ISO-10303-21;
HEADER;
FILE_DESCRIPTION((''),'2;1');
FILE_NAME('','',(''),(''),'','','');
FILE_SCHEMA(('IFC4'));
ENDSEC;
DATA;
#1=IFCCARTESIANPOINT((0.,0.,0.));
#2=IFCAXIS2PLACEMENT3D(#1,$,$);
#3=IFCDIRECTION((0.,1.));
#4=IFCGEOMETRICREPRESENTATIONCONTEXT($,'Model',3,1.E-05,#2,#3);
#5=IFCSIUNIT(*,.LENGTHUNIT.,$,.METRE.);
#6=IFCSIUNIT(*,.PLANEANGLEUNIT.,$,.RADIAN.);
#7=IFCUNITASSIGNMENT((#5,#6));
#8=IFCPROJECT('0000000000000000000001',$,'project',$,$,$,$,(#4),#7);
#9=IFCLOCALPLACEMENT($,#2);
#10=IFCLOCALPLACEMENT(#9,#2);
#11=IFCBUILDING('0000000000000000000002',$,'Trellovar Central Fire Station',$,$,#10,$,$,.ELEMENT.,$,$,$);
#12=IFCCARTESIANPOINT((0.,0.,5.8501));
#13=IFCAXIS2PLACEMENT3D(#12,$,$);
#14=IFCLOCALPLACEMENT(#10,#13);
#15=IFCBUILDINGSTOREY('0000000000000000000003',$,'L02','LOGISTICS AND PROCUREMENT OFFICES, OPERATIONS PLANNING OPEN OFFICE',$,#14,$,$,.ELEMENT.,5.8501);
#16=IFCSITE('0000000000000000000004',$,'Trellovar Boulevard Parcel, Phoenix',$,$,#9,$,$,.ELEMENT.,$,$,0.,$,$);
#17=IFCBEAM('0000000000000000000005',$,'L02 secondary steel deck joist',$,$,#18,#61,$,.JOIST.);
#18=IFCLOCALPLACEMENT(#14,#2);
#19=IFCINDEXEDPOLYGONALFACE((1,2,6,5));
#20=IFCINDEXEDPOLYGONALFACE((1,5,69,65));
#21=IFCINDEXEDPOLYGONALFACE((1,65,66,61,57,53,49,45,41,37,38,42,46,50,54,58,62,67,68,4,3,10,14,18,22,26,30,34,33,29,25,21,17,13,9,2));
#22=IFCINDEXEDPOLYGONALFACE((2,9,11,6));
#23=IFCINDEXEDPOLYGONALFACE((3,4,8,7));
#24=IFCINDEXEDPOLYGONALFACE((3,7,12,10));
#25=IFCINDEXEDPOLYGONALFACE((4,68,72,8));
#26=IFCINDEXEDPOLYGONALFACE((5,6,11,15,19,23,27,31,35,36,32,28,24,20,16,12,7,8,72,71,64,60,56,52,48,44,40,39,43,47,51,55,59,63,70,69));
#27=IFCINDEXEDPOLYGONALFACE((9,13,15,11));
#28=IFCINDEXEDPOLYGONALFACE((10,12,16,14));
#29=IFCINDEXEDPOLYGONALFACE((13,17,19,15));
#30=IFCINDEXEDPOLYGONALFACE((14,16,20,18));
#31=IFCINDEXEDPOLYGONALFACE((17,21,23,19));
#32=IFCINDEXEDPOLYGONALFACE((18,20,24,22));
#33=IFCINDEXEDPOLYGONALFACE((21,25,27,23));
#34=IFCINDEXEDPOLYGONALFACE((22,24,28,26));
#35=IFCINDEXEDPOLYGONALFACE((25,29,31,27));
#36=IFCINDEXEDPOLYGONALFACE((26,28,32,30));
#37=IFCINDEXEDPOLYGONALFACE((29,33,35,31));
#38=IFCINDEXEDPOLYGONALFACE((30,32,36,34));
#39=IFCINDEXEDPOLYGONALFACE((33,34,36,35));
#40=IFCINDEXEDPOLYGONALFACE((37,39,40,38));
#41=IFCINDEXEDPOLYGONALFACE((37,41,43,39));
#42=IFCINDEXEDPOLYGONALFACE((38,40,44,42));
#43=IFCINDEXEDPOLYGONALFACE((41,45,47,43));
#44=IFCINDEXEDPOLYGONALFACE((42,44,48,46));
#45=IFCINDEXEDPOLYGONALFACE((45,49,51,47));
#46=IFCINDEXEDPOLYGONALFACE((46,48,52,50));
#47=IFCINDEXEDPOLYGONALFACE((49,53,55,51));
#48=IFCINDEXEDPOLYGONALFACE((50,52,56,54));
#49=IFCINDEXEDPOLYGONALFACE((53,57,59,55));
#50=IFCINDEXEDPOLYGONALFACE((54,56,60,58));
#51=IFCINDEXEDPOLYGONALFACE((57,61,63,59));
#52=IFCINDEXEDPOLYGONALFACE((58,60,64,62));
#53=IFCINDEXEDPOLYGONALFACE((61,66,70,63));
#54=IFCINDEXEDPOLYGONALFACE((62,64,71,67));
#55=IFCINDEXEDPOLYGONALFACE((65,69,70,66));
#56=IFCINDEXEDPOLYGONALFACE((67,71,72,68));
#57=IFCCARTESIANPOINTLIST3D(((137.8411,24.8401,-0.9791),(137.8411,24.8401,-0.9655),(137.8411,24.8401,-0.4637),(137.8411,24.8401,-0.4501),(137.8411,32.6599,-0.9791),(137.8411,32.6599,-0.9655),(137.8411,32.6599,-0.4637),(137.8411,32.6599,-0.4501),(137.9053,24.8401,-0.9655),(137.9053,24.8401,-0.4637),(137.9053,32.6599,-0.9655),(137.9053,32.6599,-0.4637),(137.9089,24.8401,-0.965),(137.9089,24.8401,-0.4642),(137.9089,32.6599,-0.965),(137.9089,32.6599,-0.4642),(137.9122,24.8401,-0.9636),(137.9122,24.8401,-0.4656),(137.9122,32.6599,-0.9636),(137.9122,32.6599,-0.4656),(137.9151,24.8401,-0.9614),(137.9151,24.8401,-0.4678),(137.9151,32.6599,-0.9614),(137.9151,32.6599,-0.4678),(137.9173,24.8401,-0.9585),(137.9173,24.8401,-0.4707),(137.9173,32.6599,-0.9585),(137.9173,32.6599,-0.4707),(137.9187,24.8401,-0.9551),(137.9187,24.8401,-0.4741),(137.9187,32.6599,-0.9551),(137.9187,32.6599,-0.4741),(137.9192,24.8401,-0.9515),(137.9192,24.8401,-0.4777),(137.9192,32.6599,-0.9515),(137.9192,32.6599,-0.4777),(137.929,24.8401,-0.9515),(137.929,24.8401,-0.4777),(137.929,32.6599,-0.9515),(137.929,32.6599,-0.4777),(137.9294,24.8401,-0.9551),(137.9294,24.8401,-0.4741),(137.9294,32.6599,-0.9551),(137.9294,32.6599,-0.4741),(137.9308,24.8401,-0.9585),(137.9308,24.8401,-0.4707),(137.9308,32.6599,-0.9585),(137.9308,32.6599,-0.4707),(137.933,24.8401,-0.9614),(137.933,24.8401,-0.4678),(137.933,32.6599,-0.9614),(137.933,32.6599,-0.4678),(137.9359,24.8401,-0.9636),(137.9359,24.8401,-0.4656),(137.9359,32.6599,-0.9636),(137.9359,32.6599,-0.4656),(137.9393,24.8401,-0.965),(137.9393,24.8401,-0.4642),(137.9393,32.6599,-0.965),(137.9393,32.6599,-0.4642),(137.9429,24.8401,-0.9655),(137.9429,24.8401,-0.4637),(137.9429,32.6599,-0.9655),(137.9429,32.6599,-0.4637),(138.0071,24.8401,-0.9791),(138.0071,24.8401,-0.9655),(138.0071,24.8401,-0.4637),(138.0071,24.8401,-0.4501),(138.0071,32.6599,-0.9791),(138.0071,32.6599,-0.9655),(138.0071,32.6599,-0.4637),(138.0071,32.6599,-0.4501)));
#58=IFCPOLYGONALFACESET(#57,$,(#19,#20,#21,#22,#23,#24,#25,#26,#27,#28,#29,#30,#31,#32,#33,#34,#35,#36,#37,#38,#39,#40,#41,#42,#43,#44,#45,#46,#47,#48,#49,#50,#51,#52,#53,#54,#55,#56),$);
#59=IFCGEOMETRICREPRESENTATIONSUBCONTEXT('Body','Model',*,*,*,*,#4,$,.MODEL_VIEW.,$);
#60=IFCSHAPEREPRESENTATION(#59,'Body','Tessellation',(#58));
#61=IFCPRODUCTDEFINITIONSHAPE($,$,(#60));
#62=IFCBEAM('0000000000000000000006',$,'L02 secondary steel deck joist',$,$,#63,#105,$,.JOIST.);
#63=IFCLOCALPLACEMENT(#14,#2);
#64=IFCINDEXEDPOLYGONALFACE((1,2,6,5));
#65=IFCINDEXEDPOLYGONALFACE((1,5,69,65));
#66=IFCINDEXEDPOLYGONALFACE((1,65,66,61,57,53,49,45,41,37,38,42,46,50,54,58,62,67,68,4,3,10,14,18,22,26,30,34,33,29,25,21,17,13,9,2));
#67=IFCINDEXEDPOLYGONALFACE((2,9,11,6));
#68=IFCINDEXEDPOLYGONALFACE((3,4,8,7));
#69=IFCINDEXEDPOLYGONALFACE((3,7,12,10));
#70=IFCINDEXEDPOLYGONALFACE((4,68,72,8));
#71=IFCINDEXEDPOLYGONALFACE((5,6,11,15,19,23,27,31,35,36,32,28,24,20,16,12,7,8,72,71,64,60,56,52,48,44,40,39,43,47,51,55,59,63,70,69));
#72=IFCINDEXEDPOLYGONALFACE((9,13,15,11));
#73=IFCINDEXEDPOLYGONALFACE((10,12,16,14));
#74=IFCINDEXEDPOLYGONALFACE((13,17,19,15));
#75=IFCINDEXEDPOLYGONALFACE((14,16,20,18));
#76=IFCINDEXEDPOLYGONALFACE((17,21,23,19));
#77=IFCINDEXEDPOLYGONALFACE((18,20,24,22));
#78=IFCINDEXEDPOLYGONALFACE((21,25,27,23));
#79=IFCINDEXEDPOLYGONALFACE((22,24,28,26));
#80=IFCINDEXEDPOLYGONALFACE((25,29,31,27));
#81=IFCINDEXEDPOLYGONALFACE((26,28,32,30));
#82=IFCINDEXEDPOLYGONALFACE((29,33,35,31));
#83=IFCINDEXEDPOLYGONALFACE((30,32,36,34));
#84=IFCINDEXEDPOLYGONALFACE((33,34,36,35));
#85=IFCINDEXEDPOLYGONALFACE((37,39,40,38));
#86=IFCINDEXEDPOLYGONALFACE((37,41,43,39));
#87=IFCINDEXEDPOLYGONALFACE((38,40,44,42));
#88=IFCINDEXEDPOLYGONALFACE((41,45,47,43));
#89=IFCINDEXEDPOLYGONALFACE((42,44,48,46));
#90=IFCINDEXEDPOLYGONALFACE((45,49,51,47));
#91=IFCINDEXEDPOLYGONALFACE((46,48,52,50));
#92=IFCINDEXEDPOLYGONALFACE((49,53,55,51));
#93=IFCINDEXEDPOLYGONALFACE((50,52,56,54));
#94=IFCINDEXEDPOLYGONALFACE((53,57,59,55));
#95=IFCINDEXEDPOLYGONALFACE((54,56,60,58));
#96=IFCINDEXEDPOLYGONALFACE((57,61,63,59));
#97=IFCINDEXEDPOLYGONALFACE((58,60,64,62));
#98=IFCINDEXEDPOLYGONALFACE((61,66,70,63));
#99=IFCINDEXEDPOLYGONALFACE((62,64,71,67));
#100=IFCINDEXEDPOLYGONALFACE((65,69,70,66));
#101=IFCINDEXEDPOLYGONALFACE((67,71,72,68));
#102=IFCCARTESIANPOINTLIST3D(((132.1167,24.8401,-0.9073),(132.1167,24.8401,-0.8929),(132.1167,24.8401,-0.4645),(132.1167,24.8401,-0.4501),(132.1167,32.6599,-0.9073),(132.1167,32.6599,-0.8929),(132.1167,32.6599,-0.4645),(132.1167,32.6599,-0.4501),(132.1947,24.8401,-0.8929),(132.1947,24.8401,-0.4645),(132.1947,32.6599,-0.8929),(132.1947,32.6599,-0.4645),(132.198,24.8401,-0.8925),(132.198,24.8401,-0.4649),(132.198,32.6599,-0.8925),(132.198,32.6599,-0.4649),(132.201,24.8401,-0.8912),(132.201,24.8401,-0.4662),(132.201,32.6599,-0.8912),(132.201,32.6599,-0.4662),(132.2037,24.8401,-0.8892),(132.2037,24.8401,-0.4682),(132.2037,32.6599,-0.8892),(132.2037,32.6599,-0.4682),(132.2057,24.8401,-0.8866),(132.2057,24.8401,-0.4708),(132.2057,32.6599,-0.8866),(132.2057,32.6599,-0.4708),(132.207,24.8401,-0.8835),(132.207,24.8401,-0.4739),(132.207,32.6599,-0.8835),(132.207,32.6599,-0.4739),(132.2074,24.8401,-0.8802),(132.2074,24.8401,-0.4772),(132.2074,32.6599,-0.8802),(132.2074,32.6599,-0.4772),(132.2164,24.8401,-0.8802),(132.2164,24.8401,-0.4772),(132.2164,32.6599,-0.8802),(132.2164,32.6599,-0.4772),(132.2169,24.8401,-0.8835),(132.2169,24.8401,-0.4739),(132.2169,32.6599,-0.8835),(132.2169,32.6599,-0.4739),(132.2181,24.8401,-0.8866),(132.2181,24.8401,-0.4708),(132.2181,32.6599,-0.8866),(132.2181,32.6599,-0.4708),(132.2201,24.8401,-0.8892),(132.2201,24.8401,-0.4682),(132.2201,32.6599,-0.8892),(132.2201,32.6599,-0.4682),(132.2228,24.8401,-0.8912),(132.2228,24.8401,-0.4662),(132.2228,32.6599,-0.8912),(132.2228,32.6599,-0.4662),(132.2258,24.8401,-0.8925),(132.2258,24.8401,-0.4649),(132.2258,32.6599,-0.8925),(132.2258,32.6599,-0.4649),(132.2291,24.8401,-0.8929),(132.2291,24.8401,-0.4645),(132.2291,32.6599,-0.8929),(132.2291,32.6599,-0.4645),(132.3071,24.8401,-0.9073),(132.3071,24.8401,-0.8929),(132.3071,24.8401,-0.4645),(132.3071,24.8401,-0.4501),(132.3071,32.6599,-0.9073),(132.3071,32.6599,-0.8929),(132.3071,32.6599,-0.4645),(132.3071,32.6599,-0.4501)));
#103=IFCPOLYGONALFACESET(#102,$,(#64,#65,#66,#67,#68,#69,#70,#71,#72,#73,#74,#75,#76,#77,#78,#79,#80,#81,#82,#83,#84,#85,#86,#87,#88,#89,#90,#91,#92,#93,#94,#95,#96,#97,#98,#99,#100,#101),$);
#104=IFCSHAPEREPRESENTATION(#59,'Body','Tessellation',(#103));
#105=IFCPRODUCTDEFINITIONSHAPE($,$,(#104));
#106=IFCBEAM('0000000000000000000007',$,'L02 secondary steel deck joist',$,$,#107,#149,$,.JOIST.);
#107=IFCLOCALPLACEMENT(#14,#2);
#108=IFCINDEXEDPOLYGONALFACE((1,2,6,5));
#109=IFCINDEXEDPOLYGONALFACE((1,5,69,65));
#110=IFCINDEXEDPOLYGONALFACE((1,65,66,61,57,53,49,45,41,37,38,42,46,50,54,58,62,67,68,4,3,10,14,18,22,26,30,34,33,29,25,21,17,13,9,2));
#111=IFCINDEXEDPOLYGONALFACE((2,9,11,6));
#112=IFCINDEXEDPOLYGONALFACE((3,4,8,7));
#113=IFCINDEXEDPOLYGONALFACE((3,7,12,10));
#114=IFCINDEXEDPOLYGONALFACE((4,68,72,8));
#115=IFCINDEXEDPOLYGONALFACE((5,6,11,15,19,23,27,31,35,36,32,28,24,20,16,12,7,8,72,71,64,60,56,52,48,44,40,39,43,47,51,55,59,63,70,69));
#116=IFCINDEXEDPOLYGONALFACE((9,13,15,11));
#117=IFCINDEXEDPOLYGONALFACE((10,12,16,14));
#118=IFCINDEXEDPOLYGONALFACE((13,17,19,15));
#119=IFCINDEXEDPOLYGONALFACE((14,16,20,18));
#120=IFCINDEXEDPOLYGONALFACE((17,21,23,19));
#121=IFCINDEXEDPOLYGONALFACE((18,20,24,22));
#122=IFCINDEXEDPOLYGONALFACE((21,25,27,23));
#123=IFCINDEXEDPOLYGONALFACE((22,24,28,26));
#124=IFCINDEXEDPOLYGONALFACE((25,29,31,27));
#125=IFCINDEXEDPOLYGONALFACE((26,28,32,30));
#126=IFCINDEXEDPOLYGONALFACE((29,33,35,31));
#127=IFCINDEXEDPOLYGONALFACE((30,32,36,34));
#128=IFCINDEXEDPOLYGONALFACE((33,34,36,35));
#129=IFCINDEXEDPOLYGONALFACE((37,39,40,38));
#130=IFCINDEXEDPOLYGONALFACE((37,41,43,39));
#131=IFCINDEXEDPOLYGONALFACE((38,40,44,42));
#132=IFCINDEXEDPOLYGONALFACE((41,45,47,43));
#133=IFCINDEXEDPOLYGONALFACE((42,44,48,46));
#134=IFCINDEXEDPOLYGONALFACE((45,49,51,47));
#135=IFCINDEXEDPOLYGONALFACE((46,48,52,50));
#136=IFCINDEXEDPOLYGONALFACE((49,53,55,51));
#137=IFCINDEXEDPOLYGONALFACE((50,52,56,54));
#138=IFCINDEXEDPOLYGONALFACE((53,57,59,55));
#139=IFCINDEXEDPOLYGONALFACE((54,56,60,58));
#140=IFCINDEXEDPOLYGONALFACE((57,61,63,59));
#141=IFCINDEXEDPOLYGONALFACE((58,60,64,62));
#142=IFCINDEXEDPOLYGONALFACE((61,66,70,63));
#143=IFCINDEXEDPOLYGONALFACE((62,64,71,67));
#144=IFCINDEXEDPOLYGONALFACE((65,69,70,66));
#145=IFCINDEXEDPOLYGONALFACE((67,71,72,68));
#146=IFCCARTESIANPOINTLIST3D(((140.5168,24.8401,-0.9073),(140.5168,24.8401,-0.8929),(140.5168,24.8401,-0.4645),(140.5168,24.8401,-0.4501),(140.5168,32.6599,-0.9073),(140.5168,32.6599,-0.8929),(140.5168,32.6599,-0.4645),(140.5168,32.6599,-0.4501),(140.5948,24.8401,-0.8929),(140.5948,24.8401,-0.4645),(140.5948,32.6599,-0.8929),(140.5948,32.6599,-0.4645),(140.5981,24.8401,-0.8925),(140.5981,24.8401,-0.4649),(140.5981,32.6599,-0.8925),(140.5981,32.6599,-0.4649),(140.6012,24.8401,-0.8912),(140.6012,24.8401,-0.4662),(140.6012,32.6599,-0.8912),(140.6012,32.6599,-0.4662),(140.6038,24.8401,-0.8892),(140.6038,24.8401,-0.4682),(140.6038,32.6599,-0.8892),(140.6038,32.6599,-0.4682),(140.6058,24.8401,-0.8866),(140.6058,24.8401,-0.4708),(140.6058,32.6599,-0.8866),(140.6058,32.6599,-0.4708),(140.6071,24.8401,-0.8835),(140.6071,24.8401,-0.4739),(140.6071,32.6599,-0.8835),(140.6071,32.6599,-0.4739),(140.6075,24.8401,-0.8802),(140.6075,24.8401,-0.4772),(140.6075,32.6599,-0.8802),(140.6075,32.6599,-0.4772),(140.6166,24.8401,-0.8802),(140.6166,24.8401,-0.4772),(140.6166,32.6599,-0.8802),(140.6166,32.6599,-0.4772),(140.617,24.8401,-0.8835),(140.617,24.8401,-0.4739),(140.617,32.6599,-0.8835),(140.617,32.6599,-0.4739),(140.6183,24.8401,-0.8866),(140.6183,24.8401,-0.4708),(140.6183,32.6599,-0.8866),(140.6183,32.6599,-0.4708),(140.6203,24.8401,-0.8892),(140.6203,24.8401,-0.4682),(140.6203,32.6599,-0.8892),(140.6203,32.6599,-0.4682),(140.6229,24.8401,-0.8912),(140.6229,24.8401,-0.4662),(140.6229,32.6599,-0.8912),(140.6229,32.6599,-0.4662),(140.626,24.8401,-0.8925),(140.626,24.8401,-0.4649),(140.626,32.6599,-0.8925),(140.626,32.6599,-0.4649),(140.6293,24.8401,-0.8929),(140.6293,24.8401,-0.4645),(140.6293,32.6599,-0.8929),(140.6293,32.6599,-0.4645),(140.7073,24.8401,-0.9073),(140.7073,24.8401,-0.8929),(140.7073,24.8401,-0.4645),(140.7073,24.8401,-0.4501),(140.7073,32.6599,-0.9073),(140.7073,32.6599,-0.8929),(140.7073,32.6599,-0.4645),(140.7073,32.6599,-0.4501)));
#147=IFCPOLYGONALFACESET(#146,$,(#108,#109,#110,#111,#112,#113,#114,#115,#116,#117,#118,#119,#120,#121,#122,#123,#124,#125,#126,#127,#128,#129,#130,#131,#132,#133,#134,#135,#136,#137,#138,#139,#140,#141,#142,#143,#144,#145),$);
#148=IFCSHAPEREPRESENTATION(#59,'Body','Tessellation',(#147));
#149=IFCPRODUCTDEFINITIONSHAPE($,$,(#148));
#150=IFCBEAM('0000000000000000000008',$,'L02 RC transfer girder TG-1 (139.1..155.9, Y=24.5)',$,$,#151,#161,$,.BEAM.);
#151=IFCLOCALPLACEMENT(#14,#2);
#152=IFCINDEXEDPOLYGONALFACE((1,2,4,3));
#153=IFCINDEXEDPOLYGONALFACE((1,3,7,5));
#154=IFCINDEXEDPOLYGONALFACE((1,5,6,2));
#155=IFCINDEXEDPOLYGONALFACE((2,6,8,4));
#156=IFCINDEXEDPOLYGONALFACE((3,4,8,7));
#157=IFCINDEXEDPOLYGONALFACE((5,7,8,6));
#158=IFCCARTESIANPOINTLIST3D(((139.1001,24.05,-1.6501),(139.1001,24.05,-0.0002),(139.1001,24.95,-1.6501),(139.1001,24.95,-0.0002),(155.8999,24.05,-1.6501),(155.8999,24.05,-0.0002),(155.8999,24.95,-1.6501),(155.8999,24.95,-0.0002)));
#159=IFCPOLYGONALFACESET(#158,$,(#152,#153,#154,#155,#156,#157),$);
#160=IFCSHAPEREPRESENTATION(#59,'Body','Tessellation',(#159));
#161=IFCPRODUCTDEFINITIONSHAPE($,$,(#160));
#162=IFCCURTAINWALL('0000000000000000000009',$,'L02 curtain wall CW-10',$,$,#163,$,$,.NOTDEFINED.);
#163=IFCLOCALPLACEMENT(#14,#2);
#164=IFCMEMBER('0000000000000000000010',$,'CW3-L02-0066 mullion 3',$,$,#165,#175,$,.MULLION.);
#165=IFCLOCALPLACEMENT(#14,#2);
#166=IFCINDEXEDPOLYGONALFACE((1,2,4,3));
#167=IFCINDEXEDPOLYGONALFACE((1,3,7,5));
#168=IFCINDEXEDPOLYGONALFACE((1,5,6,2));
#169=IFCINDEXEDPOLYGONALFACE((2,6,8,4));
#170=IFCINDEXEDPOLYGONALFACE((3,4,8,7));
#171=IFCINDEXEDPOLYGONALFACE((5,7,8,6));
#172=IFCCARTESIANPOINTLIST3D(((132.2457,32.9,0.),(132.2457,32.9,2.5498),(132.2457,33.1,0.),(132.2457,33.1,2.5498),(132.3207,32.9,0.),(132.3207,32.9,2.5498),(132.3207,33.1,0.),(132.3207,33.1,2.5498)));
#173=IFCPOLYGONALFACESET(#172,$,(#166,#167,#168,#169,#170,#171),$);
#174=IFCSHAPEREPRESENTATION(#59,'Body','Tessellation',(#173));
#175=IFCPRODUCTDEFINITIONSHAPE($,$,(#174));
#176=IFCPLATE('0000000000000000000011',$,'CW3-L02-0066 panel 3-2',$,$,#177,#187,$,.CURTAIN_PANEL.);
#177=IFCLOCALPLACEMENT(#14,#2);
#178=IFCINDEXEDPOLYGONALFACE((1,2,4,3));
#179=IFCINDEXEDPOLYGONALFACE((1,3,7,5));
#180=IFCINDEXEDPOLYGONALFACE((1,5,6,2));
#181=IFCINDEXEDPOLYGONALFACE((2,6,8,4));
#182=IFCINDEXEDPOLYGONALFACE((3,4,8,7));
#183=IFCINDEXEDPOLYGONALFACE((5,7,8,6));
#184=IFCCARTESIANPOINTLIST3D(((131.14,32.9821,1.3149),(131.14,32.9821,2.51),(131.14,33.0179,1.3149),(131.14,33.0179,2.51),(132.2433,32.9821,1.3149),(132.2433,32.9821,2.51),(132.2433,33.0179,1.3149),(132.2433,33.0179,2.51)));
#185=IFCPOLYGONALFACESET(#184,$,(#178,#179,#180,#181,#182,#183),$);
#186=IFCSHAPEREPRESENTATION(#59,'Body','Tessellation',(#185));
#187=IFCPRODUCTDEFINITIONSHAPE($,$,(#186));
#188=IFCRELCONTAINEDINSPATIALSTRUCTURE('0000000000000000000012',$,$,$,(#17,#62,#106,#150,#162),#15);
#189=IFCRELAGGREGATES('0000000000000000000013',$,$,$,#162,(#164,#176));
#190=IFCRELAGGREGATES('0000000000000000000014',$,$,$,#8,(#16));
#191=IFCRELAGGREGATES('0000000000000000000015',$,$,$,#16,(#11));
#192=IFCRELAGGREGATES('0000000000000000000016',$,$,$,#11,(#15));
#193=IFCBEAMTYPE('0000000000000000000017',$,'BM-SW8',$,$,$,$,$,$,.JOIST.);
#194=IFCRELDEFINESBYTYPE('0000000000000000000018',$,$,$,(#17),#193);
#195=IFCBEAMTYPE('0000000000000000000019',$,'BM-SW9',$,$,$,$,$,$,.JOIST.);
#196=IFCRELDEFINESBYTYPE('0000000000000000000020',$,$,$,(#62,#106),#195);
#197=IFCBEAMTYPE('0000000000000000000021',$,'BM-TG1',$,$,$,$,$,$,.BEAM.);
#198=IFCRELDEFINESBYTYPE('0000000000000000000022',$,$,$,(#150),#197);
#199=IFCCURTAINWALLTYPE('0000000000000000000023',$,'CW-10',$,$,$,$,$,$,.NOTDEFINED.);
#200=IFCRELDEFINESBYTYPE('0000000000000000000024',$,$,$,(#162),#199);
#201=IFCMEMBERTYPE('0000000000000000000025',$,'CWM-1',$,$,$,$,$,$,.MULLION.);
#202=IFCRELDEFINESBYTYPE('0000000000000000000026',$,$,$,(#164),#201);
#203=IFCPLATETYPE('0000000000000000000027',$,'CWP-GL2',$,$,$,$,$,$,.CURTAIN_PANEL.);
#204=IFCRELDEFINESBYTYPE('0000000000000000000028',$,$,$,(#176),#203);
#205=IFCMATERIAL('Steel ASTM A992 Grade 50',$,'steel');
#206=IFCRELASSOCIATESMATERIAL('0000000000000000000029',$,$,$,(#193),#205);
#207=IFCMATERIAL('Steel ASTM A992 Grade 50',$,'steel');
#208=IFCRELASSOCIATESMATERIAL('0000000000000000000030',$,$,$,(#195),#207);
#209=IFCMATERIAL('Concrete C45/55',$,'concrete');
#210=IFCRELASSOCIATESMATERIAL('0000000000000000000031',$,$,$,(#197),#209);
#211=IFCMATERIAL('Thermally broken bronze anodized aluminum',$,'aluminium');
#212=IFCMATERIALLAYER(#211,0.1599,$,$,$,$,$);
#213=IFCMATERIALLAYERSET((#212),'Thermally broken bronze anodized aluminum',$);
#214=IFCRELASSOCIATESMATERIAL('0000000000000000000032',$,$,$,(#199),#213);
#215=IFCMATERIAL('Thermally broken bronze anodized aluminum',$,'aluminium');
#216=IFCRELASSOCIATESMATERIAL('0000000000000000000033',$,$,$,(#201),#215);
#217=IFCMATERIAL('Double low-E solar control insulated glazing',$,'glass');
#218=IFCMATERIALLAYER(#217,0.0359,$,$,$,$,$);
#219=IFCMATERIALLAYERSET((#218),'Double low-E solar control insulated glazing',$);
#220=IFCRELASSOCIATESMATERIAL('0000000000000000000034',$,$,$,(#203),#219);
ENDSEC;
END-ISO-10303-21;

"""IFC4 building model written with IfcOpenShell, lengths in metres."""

from ifc_helpers import new_model, si_unit, direction, frame, origin, origin_2d, place, context, subcontext, project, spatial, rectangle, i_section, extrude, material, layer, layer_set, material_profile, profile_set, type_object, element, aggregate, save


model = new_model("IFC4")

# Units and contexts
model_context = context("Model", 3, precision=1e-05, world=origin(), true_north=direction((0.0, 1.0)))
body_context = subcontext(model_context, "Body", "Model", "MODEL_VIEW")
ifc_project = project(units=[si_unit("LENGTHUNIT", "METRE"), si_unit("PLANEANGLEUNIT", "RADIAN")], contexts=[model_context])

# Site, building, storey
site_placement = place(None, origin())
site = spatial("IfcSite", under=ifc_project, at=site_placement, Name="Trellovar Boulevard Parcel, Phoenix", CompositionType="ELEMENT", RefElevation=0.0)
building_placement = place(site_placement, origin())
building = spatial("IfcBuilding", under=site, at=building_placement, Name="Trellovar Central Fire Station", CompositionType="ELEMENT")
storey_placement = place(building_placement, frame((0.0, 0.0, 5.8501)))
storey = spatial("IfcBuildingStorey", under=building, at=storey_placement, Name="L02", Description="LOGISTICS AND PROCUREMENT OFFICES, OPERATIONS PLANNING OPEN OFFICE", CompositionType="ELEMENT", Elevation=5.8501)

# Beams
ifc_material_1 = material(Name="Steel ASTM A992 Grade 50", Category="steel")
ifc_material_profile_1 = material_profile(ifc_material_1, i_section(OverallWidth=0.166, OverallDepth=0.5291, WebThickness=0.0098, FlangeThickness=0.0137, FilletRadius=0.0139, at=origin_2d()), Name="W21X50")
ifc_profile_set_1 = profile_set([ifc_material_profile_1], Name="Steel ASTM A992 Grade 50")
beam_type_1 = type_object("IfcBeamType", Name="BM-SW8", PredefinedType="JOIST", material=ifc_profile_set_1)
beam_1_placement = place(storey_placement, frame((137.9241, 24.8401, -0.7146), z_axis=(0.0, 1.0, 0.0), x_axis=(-1.0, 0.0, 0.0)))
element("IfcBeam", 1, at=beam_1_placement, inside=storey, type_object=beam_type_1, Name="L02 secondary steel deck joist", PredefinedType="JOIST", context=body_context, shape_type="SweptSolid", body=[
    extrude(i_section(OverallWidth=0.166, OverallDepth=0.5291, WebThickness=0.0098, FlangeThickness=0.0137, FilletRadius=0.0139, at=origin_2d()), origin(), (0.0, 0.0, 1.0), 7.8198),
])
ifc_material_2 = material(Name="Steel ASTM A992 Grade 50", Category="steel")
ifc_material_profile_2 = material_profile(ifc_material_2, i_section(OverallWidth=0.1904, OverallDepth=0.4573, WebThickness=0.009, FlangeThickness=0.0144, FilletRadius=0.0127, at=origin_2d()), Name="W18X50")
ifc_profile_set_2 = profile_set([ifc_material_profile_2], Name="Steel ASTM A992 Grade 50")
beam_type_2 = type_object("IfcBeamType", Name="BM-SW9", PredefinedType="JOIST", material=ifc_profile_set_2)
for number, where, z_axis, x_axis, name in (
    (2, (132.2119, 24.8401, -0.6787), (0.0, 1.0, 0.0), (-1.0, 0.0, 0.0), "L02 secondary steel deck joist"),
    (3, (140.6121, 24.8401, -0.6787), (0.0, 1.0, 0.0), (-1.0, 0.0, 0.0), "L02 secondary steel deck joist"),
):
    element("IfcBeam", number, at=place(storey_placement, frame(where, z_axis=z_axis, x_axis=x_axis)), inside=storey, type_object=beam_type_2, Name=name, PredefinedType="JOIST", context=body_context, shape_type="SweptSolid", body=[
        extrude(i_section(OverallWidth=0.1904, OverallDepth=0.4573, WebThickness=0.009, FlangeThickness=0.0144, FilletRadius=0.0127, at=origin_2d()), origin(), (0.0, 0.0, 1.0), 7.8198),
    ])
ifc_material_3 = material(Name="Concrete C45/55", Category="concrete")
ifc_material_profile_3 = material_profile(ifc_material_3, rectangle(XDim=0.8999, YDim=1.6499, at=origin_2d()), Name="RC900X1650")
ifc_profile_set_3 = profile_set([ifc_material_profile_3], Name="Concrete C45/55")
beam_type_3 = type_object("IfcBeamType", Name="BM-TG1", PredefinedType="BEAM", material=ifc_profile_set_3)
beam_2_placement = place(storey_placement, frame((139.1001, 24.5, -0.8252), z_axis=(1.0, 0.0, 0.0), x_axis=(0.0, 1.0, 0.0)))
element("IfcBeam", 4, at=beam_2_placement, inside=storey, type_object=beam_type_3, Name="L02 RC transfer girder TG-1 (139.1..155.9, Y=24.5)", PredefinedType="BEAM", context=body_context, shape_type="SweptSolid", body=[
    extrude(rectangle(XDim=0.8999, YDim=1.6499, at=origin_2d()), origin(), (0.0, 0.0, 1.0), 16.7998),
])

# Curtain wall, member, plate
ifc_material_4 = material(Name="Thermally broken bronze anodized aluminum", Category="aluminium")
ifc_layer_1 = layer(ifc_material_4, 0.1599)
ifc_layer_set_1 = layer_set([ifc_layer_1], Name="Thermally broken bronze anodized aluminum")
curtain_wall_type = type_object("IfcCurtainWallType", Name="CW-10", PredefinedType="NOTDEFINED", material=ifc_layer_set_1)
curtain_wall_placement = place(storey_placement, origin())
curtain_wall = element("IfcCurtainWall", 5, at=curtain_wall_placement, inside=storey, type_object=curtain_wall_type, Name="L02 curtain wall CW-10", PredefinedType="NOTDEFINED")
ifc_material_5 = material(Name="Thermally broken bronze anodized aluminum", Category="aluminium")
ifc_material_profile_4 = material_profile(ifc_material_5, rectangle(XDim=0.075, YDim=0.2, at=origin_2d()), Name="ALU75X200")
ifc_profile_set_4 = profile_set([ifc_material_profile_4], Name="Thermally broken bronze anodized aluminum")
member_type = type_object("IfcMemberType", Name="CWM-1", PredefinedType="MULLION", material=ifc_profile_set_4)
member_placement = place(storey_placement, frame((132.2832, 33.0, 0.0), z_axis=(0.0, 0.0, 1.0), x_axis=(1.0, 0.0, 0.0)))
member = element("IfcMember", 6, at=member_placement, type_object=member_type, Name="CW3-L02-0066 mullion 3", PredefinedType="MULLION", context=body_context, shape_type="SweptSolid", body=[
    extrude(rectangle(XDim=0.075, YDim=0.2, at=origin_2d()), origin(), (0.0, 0.0, 1.0), 2.5498),
])
ifc_material_6 = material(Name="Double low-E solar control insulated glazing", Category="glass")
ifc_layer_2 = layer(ifc_material_6, 0.0359)
ifc_layer_set_2 = layer_set([ifc_layer_2], Name="Double low-E solar control insulated glazing")
plate_type_1 = type_object("IfcPlateType", Name="CWP-GL2", PredefinedType="CURTAIN_PANEL", material=ifc_layer_set_2)
plate_1_placement = place(storey_placement, frame((131.6917, 33.0, 1.3149), z_axis=(0.0, 0.0, 1.0), x_axis=(-1.0, 0.0, 0.0)))
plate_1 = element("IfcPlate", 7, at=plate_1_placement, type_object=plate_type_1, Name="CW3-L02-0066 panel 3-2", PredefinedType="CURTAIN_PANEL", context=body_context, shape_type="SweptSolid", body=[
    extrude(rectangle(XDim=1.1033, YDim=0.0359, at=origin_2d()), origin(), (0.0, 0.0, 1.0), 1.1951),
])
aggregate(curtain_wall, [member, plate_1])

save(model, "model.ifc")
